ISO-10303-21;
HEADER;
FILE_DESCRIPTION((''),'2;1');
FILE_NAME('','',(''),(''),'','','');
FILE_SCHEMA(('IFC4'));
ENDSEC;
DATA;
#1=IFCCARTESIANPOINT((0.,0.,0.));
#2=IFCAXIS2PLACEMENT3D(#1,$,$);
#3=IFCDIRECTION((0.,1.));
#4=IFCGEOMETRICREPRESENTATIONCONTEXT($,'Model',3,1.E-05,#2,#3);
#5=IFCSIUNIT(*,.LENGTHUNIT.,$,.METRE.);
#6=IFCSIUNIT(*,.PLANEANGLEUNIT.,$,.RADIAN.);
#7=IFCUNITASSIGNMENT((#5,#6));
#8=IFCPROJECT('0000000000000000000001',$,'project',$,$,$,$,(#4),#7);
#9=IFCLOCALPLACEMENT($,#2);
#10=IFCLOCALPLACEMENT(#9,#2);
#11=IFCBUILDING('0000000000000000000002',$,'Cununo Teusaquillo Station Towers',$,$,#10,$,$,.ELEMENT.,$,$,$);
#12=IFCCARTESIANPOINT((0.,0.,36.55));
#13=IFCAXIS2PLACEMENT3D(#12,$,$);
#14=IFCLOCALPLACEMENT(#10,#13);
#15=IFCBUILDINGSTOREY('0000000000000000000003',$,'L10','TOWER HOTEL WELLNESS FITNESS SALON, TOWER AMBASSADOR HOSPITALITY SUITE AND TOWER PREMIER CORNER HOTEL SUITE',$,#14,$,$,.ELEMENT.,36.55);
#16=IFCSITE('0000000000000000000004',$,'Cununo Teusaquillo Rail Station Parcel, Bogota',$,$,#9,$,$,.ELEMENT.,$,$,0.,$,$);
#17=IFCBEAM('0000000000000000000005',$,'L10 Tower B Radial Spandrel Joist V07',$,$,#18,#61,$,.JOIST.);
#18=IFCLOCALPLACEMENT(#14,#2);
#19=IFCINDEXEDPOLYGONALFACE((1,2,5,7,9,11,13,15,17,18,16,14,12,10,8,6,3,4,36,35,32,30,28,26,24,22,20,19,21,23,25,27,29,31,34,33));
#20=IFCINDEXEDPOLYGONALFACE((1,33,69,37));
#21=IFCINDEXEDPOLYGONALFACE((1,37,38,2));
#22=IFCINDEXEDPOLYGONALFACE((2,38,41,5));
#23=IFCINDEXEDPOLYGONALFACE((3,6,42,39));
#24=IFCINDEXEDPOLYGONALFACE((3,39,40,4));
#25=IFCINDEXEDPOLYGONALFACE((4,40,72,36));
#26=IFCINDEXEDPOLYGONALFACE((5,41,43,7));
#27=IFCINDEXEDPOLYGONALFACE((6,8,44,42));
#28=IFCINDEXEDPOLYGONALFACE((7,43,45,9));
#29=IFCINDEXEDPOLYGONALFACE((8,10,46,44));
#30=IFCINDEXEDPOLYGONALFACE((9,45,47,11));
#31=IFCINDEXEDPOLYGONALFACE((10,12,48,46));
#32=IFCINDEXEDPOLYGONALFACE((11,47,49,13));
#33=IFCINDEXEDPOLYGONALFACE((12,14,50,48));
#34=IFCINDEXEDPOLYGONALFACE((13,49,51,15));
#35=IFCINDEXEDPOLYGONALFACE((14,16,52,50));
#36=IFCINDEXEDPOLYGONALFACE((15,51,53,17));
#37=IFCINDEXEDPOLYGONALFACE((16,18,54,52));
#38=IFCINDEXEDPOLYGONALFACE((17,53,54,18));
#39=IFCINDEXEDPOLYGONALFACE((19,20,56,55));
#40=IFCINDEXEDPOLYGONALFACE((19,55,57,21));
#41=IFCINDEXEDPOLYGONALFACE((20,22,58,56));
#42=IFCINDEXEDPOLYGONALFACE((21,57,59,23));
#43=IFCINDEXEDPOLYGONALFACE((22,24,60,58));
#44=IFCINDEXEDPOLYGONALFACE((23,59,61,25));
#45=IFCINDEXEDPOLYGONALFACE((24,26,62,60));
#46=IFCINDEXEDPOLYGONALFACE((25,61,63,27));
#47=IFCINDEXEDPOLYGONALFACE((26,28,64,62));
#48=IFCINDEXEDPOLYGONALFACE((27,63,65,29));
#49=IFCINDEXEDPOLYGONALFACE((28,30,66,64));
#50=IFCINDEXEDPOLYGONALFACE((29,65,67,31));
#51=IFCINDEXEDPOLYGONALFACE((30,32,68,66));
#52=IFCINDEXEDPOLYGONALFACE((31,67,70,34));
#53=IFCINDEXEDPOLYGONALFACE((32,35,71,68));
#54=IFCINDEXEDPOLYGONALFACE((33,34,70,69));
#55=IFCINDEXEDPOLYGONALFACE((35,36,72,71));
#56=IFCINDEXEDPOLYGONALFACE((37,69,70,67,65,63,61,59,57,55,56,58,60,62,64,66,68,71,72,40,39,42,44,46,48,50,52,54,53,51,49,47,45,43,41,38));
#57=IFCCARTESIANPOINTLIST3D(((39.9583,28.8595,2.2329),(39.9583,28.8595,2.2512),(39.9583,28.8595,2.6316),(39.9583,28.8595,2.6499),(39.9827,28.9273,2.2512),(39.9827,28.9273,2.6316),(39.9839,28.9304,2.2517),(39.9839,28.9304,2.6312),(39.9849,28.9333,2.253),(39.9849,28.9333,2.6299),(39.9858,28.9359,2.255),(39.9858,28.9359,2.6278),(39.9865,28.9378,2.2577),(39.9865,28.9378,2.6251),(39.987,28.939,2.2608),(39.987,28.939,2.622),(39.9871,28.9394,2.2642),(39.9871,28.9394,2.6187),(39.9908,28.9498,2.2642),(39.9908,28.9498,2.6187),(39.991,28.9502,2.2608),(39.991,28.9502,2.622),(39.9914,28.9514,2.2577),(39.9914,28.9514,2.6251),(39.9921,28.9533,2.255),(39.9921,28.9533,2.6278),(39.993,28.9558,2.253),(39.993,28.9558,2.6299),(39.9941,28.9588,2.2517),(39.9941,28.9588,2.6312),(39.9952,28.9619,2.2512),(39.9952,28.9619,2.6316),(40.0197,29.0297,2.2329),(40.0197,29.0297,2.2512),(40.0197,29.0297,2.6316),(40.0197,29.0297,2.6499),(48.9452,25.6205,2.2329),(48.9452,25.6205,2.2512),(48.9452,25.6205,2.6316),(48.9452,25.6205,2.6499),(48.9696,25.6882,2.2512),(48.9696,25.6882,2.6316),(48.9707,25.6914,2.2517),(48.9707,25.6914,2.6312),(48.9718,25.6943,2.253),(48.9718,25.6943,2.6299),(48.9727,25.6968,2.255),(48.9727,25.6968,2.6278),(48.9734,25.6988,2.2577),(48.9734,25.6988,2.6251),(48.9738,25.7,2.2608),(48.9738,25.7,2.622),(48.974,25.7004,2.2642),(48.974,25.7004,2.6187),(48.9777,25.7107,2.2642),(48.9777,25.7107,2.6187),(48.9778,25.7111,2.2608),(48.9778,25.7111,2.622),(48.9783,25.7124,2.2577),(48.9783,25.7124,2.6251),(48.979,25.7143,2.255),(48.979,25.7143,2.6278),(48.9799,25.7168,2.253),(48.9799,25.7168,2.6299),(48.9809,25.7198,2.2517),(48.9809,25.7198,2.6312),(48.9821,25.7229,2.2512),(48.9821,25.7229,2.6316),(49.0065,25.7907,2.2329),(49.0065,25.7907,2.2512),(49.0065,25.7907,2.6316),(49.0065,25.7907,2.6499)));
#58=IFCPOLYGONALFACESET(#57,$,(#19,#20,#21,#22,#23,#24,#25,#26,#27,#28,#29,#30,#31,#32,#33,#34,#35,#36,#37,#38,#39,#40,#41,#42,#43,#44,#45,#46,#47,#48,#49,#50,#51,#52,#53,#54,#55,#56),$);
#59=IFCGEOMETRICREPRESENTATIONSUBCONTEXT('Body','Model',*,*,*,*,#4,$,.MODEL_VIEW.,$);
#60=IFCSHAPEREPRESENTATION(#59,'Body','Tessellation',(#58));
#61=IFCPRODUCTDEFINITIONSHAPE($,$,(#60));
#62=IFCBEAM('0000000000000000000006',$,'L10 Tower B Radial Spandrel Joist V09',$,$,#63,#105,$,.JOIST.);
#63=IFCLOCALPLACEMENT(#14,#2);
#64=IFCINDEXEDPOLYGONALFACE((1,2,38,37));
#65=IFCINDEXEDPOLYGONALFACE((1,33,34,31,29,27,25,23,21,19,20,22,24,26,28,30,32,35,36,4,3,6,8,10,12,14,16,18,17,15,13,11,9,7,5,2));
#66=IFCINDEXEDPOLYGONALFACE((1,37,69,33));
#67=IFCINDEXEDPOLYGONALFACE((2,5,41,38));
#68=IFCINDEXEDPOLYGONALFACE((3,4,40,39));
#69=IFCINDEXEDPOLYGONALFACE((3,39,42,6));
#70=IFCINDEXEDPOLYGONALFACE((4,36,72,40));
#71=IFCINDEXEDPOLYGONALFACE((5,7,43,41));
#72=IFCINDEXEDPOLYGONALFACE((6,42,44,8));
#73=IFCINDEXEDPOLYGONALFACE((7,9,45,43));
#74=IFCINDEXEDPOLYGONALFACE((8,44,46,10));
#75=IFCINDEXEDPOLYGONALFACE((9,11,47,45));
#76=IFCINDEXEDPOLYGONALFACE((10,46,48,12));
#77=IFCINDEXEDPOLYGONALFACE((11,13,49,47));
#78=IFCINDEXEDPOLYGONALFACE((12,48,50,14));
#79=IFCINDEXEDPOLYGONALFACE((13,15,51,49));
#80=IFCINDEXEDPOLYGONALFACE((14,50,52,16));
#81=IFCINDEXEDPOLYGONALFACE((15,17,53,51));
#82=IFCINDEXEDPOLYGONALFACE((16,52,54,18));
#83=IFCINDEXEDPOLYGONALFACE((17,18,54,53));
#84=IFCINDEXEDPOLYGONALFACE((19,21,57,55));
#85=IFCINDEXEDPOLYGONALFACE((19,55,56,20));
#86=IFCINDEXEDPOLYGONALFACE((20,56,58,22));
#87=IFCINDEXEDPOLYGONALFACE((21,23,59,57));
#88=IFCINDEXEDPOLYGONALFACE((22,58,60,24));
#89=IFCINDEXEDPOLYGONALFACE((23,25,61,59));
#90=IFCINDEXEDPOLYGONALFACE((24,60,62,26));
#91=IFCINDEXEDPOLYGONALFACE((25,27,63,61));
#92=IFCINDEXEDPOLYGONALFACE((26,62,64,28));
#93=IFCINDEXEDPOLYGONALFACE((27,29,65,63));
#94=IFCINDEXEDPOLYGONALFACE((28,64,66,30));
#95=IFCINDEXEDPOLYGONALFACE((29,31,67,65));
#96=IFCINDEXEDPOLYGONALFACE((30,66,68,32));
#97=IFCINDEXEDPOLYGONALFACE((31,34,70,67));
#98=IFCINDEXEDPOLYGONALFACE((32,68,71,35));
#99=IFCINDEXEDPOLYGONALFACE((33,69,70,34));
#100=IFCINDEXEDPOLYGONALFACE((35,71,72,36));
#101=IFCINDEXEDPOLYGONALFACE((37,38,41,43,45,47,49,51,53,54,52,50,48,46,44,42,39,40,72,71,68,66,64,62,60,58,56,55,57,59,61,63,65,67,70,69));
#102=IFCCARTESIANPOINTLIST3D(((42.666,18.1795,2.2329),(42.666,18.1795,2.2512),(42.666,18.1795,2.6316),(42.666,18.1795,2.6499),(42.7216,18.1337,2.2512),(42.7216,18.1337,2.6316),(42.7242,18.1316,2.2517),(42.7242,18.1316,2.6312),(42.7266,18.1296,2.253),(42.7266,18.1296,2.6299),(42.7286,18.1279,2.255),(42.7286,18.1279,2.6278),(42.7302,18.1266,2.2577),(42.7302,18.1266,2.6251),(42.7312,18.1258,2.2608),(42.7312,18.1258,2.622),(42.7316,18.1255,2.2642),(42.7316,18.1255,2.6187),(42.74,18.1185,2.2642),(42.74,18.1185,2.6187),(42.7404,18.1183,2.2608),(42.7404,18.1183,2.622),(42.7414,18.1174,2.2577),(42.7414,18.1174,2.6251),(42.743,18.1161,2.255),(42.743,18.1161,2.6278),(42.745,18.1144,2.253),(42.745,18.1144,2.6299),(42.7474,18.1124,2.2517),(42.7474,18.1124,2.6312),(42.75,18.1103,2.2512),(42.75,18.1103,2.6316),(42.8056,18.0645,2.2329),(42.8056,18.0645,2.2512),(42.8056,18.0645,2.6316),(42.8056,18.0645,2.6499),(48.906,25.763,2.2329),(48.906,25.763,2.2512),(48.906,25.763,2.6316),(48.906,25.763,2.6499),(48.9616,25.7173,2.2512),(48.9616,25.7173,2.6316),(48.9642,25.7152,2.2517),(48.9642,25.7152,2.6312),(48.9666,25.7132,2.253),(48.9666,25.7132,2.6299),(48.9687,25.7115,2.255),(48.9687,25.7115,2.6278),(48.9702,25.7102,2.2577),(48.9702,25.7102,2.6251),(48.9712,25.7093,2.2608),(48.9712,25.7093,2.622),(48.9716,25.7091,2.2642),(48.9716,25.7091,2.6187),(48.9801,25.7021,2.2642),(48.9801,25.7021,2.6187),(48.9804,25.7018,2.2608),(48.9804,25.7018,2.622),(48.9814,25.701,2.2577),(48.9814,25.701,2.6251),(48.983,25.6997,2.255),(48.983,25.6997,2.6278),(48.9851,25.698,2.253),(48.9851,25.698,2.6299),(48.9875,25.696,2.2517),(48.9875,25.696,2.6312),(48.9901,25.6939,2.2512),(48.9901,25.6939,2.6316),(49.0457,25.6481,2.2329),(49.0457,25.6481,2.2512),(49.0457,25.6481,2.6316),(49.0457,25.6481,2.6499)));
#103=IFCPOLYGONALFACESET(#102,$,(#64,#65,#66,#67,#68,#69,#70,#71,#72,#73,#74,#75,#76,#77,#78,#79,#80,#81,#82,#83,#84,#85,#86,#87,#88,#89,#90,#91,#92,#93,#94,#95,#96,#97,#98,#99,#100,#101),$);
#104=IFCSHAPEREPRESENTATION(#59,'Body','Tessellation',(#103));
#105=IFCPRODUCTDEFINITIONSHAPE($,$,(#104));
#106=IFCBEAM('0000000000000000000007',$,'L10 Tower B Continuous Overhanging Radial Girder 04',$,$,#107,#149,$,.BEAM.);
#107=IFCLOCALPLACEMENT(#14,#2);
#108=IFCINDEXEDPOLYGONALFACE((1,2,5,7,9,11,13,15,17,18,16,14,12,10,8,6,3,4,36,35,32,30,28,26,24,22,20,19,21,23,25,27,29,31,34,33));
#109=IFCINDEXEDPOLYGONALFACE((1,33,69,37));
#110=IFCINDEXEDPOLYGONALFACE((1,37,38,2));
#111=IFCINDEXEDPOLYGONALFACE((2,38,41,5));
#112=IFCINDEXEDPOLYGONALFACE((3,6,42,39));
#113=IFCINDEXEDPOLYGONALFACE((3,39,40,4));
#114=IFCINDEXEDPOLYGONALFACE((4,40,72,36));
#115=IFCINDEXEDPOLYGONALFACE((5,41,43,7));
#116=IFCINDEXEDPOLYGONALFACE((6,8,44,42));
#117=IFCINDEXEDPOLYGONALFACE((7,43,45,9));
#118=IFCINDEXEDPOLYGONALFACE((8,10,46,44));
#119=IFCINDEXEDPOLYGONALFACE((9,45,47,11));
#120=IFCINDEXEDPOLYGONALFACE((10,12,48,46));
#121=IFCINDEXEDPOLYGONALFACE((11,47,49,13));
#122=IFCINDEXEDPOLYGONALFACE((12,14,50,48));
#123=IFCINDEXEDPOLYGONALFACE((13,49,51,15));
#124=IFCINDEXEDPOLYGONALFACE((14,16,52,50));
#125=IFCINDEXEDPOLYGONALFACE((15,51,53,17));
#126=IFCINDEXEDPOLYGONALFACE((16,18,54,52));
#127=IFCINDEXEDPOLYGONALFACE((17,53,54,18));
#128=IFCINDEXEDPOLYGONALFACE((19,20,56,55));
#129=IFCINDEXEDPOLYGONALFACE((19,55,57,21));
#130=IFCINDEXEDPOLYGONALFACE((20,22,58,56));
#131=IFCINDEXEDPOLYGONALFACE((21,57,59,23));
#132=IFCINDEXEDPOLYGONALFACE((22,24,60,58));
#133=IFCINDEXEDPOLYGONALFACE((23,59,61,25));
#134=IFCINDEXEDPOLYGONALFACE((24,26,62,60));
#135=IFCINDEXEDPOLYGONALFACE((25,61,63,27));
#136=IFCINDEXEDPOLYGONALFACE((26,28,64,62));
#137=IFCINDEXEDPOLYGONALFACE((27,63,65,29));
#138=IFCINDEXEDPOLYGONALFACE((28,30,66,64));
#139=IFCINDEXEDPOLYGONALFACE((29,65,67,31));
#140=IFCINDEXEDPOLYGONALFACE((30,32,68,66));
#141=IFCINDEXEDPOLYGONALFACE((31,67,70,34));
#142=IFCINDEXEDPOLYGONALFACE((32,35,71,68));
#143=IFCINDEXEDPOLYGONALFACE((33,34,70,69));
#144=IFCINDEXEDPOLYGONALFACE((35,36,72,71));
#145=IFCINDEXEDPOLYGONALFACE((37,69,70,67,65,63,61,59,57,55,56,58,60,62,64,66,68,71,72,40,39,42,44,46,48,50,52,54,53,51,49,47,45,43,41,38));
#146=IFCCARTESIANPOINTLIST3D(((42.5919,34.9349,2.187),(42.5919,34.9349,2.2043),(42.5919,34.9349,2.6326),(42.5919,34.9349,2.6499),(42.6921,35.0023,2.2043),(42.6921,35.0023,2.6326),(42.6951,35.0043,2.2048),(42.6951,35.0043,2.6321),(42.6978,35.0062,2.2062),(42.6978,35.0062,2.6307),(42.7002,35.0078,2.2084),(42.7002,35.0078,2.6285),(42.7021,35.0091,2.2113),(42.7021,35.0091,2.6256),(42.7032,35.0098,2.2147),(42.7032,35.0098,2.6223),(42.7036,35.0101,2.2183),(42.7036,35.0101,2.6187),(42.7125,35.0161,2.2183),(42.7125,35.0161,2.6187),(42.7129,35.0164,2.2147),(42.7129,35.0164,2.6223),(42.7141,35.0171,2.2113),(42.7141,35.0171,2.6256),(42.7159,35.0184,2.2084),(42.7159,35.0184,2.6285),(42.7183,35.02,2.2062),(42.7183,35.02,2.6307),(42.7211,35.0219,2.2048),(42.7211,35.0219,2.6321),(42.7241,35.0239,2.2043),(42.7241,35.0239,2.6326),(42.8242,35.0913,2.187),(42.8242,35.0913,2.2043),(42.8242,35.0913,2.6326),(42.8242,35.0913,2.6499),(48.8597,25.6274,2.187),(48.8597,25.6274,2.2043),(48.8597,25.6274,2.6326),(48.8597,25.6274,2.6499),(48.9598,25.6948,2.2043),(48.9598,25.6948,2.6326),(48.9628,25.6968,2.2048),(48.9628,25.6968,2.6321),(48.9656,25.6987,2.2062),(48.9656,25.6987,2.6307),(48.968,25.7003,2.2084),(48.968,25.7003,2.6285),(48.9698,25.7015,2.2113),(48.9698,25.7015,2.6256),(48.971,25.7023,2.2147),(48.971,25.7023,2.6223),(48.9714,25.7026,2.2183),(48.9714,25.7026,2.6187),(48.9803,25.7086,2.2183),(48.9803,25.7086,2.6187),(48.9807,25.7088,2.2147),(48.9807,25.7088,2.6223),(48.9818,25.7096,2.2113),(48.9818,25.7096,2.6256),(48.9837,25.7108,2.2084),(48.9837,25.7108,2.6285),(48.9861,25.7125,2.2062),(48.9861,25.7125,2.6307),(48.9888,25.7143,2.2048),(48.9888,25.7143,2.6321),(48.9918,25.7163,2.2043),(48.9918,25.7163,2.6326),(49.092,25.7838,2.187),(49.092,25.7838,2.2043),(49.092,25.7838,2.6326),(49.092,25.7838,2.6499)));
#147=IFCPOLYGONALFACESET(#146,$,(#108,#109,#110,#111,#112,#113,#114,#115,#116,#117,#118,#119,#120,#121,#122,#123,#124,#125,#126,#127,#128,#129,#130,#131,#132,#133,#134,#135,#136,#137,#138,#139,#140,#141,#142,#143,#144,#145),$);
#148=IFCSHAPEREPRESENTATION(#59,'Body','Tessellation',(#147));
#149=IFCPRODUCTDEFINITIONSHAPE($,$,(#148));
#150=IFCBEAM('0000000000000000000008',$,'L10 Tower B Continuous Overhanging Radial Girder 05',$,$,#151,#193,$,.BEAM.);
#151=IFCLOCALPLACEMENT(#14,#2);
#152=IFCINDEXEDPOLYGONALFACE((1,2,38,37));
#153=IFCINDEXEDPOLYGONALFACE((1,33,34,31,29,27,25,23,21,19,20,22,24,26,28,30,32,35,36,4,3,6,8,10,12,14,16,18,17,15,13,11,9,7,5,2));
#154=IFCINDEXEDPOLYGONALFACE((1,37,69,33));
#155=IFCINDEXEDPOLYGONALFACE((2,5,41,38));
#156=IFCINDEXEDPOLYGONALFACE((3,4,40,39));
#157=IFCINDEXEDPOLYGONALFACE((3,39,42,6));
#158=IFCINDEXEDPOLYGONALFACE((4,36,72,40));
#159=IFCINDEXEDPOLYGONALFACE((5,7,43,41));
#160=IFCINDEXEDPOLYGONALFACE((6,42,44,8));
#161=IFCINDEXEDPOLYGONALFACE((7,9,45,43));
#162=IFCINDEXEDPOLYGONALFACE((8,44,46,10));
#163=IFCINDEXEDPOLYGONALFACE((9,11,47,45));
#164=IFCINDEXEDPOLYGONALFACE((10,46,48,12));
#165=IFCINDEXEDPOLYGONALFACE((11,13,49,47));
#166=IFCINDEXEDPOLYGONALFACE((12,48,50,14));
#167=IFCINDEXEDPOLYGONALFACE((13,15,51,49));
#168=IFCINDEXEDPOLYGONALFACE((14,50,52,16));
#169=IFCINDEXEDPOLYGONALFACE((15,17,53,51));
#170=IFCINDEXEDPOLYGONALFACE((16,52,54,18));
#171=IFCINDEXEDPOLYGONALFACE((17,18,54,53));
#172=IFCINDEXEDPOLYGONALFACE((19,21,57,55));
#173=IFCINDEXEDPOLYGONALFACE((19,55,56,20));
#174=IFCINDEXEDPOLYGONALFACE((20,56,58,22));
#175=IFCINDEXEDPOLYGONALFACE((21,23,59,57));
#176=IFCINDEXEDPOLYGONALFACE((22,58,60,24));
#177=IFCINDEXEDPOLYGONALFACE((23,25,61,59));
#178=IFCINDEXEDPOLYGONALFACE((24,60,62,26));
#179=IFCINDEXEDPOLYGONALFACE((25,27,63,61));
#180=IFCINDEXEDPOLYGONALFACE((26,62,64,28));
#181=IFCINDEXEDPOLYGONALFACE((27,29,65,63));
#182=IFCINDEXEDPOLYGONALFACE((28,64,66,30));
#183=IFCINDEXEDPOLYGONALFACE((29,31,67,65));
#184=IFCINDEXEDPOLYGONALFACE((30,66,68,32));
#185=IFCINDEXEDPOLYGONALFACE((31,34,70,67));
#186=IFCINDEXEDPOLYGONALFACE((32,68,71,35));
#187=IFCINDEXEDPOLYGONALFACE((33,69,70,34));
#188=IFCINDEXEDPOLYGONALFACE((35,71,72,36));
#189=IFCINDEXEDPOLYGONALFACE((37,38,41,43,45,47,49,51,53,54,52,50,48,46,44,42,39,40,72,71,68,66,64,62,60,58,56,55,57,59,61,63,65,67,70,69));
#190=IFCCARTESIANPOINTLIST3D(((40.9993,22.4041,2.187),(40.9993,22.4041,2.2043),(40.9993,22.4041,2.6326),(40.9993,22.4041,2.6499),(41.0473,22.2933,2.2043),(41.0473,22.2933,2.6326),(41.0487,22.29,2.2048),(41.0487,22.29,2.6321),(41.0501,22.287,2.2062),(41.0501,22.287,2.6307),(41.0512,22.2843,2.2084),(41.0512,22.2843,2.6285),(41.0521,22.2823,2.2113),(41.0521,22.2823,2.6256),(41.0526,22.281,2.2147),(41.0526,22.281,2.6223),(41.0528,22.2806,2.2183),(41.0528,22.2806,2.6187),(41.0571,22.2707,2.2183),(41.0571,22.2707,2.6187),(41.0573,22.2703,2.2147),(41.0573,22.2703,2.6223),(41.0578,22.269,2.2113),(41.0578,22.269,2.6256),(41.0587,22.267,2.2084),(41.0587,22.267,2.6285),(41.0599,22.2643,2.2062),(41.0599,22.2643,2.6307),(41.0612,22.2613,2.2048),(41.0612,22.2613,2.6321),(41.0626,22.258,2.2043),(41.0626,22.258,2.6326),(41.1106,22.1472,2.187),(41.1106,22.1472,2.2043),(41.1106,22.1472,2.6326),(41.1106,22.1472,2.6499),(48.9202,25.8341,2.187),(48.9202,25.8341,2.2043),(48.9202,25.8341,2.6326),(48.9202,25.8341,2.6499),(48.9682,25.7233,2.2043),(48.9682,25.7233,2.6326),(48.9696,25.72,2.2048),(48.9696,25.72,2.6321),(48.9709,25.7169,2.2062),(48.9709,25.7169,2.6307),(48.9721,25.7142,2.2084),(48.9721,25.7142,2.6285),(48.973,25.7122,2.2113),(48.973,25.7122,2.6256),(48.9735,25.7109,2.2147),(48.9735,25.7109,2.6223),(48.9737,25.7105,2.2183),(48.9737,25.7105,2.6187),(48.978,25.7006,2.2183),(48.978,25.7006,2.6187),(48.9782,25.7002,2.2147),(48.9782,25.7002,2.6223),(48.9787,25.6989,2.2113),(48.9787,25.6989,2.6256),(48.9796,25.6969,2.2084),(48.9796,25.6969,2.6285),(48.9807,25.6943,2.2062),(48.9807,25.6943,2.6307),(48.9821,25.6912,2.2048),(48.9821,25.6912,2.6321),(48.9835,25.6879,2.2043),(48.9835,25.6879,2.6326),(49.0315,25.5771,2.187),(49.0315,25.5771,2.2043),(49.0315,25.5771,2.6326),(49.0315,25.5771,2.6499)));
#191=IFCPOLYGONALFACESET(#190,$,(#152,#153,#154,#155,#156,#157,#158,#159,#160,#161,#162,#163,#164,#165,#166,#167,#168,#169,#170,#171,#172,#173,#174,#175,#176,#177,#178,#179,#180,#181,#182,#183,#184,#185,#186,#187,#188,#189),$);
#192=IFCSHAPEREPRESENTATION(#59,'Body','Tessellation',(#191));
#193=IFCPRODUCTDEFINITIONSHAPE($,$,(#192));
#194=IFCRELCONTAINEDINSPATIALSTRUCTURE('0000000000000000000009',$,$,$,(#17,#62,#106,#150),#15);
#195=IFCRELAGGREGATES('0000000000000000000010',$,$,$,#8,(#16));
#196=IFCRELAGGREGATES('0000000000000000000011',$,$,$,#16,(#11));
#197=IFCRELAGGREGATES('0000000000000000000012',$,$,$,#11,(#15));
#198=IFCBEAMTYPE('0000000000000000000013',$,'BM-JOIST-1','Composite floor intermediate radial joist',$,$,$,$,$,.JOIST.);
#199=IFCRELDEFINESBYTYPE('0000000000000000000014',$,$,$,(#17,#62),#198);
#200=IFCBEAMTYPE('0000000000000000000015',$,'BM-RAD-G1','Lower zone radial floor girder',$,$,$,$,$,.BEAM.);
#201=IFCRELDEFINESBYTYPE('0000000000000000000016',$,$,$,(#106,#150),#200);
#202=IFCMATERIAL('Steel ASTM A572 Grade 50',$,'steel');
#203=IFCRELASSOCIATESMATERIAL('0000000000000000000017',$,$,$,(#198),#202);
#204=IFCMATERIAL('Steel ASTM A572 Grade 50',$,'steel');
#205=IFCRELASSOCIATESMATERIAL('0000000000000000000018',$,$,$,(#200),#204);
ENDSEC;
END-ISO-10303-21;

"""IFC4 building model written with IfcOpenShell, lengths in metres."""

from ifc_helpers import new_model, si_unit, direction, frame, origin, origin_2d, place, context, subcontext, project, spatial, i_section, extrude, material, material_profile, profile_set, type_object, element, save


model = new_model("IFC4")

# Units and contexts
model_context = context("Model", 3, precision=1e-05, world=origin(), true_north=direction((0.0, 1.0)))
body_context = subcontext(model_context, "Body", "Model", "MODEL_VIEW")
ifc_project = project(units=[si_unit("LENGTHUNIT", "METRE"), si_unit("PLANEANGLEUNIT", "RADIAN")], contexts=[model_context])

# Site, building, storey
site_placement = place(None, origin())
site = spatial("IfcSite", under=ifc_project, at=site_placement, Name="Cununo Teusaquillo Rail Station Parcel, Bogota", CompositionType="ELEMENT", RefElevation=0.0)
building_placement = place(site_placement, origin())
building = spatial("IfcBuilding", under=site, at=building_placement, Name="Cununo Teusaquillo Station Towers", CompositionType="ELEMENT")
storey_placement = place(building_placement, frame((0.0, 0.0, 36.55)))
storey = spatial("IfcBuildingStorey", under=building, at=storey_placement, Name="L10", Description="TOWER HOTEL WELLNESS FITNESS SALON, TOWER AMBASSADOR HOSPITALITY SUITE AND TOWER PREMIER CORNER HOTEL SUITE", CompositionType="ELEMENT", Elevation=36.55)

# Beams
ifc_material_1 = material(Name="Steel ASTM A572 Grade 50", Category="steel")
ifc_material_profile_1 = material_profile(ifc_material_1, i_section(OverallWidth=0.1809, OverallDepth=0.417, WebThickness=0.011, FlangeThickness=0.0183, FilletRadius=0.0129, at=origin_2d()), Name="W16X57")
ifc_profile_set_1 = profile_set([ifc_material_profile_1], Name="Steel ASTM A572 Grade 50")
beam_type_1 = type_object("IfcBeamType", Name="BM-JOIST-1", Description="Composite floor intermediate radial joist", PredefinedType="JOIST", material=ifc_profile_set_1)
beam_1_placement = place(storey_placement, frame((48.9758, 25.7056, 2.4414), z_axis=(-0.940762, 0.339068, 0.0), x_axis=(-0.339068, -0.940762, 0.0)))
element("IfcBeam", 1, at=beam_1_placement, inside=storey, type_object=beam_type_1, Name="L10 Tower B Radial Spandrel Joist V07", PredefinedType="JOIST", context=body_context, shape_type="SweptSolid", body=[
    extrude(i_section(OverallWidth=0.1809, OverallDepth=0.417, WebThickness=0.011, FlangeThickness=0.0183, FilletRadius=0.0129, at=origin_2d()), origin(), (0.0, 0.0, 1.0), 9.5527),
])
beam_2_placement = place(storey_placement, frame((48.9758, 25.7056, 2.4414), z_axis=(-0.635389, -0.772192, 0.0), x_axis=(0.772192, -0.635389, 0.0)))
element("IfcBeam", 2, at=beam_2_placement, inside=storey, type_object=beam_type_1, Name="L10 Tower B Radial Spandrel Joist V09", PredefinedType="JOIST", context=body_context, shape_type="SweptSolid", body=[
    extrude(i_section(OverallWidth=0.1809, OverallDepth=0.417, WebThickness=0.011, FlangeThickness=0.0183, FilletRadius=0.0129, at=origin_2d()), origin(), (0.0, 0.0, 1.0), 9.8208),
])
ifc_material_2 = material(Name="Steel ASTM A572 Grade 50", Category="steel")
ifc_material_profile_2 = material_profile(ifc_material_2, i_section(OverallWidth=0.28, OverallDepth=0.4629, WebThickness=0.0107, FlangeThickness=0.0173, FilletRadius=0.0139, at=origin_2d()), Name="W18X76")
ifc_profile_set_2 = profile_set([ifc_material_profile_2], Name="Steel ASTM A572 Grade 50")
beam_type_2 = type_object("IfcBeamType", Name="BM-RAD-G1", Description="Lower zone radial floor girder", PredefinedType="BEAM", material=ifc_profile_set_2)
beam_3_placement = place(storey_placement, frame((48.9758, 25.7056, 2.4185), z_axis=(-0.558565, 0.829461, 0.0), x_axis=(-0.829461, -0.558565, 0.0)))
element("IfcBeam", 3, at=beam_3_placement, inside=storey, type_object=beam_type_2, Name="L10 Tower B Continuous Overhanging Radial Girder 04", PredefinedType="BEAM", context=body_context, shape_type="SweptSolid", body=[
    extrude(i_section(OverallWidth=0.28, OverallDepth=0.4629, WebThickness=0.0107, FlangeThickness=0.0173, FilletRadius=0.0139, at=origin_2d()), origin(), (0.0, 0.0, 1.0), 11.2212),
])
beam_4_placement = place(storey_placement, frame((48.9758, 25.7056, 2.4185), z_axis=(-0.917659, -0.397368, 0.0), x_axis=(0.397368, -0.917659, 0.0)))
element("IfcBeam", 4, at=beam_4_placement, inside=storey, type_object=beam_type_2, Name="L10 Tower B Continuous Overhanging Radial Girder 05", PredefinedType="BEAM", context=body_context, shape_type="SweptSolid", body=[
    extrude(i_section(OverallWidth=0.28, OverallDepth=0.4629, WebThickness=0.0107, FlangeThickness=0.0173, FilletRadius=0.0139, at=origin_2d()), origin(), (0.0, 0.0, 1.0), 8.6316),
])

save(model, "model.ifc")
